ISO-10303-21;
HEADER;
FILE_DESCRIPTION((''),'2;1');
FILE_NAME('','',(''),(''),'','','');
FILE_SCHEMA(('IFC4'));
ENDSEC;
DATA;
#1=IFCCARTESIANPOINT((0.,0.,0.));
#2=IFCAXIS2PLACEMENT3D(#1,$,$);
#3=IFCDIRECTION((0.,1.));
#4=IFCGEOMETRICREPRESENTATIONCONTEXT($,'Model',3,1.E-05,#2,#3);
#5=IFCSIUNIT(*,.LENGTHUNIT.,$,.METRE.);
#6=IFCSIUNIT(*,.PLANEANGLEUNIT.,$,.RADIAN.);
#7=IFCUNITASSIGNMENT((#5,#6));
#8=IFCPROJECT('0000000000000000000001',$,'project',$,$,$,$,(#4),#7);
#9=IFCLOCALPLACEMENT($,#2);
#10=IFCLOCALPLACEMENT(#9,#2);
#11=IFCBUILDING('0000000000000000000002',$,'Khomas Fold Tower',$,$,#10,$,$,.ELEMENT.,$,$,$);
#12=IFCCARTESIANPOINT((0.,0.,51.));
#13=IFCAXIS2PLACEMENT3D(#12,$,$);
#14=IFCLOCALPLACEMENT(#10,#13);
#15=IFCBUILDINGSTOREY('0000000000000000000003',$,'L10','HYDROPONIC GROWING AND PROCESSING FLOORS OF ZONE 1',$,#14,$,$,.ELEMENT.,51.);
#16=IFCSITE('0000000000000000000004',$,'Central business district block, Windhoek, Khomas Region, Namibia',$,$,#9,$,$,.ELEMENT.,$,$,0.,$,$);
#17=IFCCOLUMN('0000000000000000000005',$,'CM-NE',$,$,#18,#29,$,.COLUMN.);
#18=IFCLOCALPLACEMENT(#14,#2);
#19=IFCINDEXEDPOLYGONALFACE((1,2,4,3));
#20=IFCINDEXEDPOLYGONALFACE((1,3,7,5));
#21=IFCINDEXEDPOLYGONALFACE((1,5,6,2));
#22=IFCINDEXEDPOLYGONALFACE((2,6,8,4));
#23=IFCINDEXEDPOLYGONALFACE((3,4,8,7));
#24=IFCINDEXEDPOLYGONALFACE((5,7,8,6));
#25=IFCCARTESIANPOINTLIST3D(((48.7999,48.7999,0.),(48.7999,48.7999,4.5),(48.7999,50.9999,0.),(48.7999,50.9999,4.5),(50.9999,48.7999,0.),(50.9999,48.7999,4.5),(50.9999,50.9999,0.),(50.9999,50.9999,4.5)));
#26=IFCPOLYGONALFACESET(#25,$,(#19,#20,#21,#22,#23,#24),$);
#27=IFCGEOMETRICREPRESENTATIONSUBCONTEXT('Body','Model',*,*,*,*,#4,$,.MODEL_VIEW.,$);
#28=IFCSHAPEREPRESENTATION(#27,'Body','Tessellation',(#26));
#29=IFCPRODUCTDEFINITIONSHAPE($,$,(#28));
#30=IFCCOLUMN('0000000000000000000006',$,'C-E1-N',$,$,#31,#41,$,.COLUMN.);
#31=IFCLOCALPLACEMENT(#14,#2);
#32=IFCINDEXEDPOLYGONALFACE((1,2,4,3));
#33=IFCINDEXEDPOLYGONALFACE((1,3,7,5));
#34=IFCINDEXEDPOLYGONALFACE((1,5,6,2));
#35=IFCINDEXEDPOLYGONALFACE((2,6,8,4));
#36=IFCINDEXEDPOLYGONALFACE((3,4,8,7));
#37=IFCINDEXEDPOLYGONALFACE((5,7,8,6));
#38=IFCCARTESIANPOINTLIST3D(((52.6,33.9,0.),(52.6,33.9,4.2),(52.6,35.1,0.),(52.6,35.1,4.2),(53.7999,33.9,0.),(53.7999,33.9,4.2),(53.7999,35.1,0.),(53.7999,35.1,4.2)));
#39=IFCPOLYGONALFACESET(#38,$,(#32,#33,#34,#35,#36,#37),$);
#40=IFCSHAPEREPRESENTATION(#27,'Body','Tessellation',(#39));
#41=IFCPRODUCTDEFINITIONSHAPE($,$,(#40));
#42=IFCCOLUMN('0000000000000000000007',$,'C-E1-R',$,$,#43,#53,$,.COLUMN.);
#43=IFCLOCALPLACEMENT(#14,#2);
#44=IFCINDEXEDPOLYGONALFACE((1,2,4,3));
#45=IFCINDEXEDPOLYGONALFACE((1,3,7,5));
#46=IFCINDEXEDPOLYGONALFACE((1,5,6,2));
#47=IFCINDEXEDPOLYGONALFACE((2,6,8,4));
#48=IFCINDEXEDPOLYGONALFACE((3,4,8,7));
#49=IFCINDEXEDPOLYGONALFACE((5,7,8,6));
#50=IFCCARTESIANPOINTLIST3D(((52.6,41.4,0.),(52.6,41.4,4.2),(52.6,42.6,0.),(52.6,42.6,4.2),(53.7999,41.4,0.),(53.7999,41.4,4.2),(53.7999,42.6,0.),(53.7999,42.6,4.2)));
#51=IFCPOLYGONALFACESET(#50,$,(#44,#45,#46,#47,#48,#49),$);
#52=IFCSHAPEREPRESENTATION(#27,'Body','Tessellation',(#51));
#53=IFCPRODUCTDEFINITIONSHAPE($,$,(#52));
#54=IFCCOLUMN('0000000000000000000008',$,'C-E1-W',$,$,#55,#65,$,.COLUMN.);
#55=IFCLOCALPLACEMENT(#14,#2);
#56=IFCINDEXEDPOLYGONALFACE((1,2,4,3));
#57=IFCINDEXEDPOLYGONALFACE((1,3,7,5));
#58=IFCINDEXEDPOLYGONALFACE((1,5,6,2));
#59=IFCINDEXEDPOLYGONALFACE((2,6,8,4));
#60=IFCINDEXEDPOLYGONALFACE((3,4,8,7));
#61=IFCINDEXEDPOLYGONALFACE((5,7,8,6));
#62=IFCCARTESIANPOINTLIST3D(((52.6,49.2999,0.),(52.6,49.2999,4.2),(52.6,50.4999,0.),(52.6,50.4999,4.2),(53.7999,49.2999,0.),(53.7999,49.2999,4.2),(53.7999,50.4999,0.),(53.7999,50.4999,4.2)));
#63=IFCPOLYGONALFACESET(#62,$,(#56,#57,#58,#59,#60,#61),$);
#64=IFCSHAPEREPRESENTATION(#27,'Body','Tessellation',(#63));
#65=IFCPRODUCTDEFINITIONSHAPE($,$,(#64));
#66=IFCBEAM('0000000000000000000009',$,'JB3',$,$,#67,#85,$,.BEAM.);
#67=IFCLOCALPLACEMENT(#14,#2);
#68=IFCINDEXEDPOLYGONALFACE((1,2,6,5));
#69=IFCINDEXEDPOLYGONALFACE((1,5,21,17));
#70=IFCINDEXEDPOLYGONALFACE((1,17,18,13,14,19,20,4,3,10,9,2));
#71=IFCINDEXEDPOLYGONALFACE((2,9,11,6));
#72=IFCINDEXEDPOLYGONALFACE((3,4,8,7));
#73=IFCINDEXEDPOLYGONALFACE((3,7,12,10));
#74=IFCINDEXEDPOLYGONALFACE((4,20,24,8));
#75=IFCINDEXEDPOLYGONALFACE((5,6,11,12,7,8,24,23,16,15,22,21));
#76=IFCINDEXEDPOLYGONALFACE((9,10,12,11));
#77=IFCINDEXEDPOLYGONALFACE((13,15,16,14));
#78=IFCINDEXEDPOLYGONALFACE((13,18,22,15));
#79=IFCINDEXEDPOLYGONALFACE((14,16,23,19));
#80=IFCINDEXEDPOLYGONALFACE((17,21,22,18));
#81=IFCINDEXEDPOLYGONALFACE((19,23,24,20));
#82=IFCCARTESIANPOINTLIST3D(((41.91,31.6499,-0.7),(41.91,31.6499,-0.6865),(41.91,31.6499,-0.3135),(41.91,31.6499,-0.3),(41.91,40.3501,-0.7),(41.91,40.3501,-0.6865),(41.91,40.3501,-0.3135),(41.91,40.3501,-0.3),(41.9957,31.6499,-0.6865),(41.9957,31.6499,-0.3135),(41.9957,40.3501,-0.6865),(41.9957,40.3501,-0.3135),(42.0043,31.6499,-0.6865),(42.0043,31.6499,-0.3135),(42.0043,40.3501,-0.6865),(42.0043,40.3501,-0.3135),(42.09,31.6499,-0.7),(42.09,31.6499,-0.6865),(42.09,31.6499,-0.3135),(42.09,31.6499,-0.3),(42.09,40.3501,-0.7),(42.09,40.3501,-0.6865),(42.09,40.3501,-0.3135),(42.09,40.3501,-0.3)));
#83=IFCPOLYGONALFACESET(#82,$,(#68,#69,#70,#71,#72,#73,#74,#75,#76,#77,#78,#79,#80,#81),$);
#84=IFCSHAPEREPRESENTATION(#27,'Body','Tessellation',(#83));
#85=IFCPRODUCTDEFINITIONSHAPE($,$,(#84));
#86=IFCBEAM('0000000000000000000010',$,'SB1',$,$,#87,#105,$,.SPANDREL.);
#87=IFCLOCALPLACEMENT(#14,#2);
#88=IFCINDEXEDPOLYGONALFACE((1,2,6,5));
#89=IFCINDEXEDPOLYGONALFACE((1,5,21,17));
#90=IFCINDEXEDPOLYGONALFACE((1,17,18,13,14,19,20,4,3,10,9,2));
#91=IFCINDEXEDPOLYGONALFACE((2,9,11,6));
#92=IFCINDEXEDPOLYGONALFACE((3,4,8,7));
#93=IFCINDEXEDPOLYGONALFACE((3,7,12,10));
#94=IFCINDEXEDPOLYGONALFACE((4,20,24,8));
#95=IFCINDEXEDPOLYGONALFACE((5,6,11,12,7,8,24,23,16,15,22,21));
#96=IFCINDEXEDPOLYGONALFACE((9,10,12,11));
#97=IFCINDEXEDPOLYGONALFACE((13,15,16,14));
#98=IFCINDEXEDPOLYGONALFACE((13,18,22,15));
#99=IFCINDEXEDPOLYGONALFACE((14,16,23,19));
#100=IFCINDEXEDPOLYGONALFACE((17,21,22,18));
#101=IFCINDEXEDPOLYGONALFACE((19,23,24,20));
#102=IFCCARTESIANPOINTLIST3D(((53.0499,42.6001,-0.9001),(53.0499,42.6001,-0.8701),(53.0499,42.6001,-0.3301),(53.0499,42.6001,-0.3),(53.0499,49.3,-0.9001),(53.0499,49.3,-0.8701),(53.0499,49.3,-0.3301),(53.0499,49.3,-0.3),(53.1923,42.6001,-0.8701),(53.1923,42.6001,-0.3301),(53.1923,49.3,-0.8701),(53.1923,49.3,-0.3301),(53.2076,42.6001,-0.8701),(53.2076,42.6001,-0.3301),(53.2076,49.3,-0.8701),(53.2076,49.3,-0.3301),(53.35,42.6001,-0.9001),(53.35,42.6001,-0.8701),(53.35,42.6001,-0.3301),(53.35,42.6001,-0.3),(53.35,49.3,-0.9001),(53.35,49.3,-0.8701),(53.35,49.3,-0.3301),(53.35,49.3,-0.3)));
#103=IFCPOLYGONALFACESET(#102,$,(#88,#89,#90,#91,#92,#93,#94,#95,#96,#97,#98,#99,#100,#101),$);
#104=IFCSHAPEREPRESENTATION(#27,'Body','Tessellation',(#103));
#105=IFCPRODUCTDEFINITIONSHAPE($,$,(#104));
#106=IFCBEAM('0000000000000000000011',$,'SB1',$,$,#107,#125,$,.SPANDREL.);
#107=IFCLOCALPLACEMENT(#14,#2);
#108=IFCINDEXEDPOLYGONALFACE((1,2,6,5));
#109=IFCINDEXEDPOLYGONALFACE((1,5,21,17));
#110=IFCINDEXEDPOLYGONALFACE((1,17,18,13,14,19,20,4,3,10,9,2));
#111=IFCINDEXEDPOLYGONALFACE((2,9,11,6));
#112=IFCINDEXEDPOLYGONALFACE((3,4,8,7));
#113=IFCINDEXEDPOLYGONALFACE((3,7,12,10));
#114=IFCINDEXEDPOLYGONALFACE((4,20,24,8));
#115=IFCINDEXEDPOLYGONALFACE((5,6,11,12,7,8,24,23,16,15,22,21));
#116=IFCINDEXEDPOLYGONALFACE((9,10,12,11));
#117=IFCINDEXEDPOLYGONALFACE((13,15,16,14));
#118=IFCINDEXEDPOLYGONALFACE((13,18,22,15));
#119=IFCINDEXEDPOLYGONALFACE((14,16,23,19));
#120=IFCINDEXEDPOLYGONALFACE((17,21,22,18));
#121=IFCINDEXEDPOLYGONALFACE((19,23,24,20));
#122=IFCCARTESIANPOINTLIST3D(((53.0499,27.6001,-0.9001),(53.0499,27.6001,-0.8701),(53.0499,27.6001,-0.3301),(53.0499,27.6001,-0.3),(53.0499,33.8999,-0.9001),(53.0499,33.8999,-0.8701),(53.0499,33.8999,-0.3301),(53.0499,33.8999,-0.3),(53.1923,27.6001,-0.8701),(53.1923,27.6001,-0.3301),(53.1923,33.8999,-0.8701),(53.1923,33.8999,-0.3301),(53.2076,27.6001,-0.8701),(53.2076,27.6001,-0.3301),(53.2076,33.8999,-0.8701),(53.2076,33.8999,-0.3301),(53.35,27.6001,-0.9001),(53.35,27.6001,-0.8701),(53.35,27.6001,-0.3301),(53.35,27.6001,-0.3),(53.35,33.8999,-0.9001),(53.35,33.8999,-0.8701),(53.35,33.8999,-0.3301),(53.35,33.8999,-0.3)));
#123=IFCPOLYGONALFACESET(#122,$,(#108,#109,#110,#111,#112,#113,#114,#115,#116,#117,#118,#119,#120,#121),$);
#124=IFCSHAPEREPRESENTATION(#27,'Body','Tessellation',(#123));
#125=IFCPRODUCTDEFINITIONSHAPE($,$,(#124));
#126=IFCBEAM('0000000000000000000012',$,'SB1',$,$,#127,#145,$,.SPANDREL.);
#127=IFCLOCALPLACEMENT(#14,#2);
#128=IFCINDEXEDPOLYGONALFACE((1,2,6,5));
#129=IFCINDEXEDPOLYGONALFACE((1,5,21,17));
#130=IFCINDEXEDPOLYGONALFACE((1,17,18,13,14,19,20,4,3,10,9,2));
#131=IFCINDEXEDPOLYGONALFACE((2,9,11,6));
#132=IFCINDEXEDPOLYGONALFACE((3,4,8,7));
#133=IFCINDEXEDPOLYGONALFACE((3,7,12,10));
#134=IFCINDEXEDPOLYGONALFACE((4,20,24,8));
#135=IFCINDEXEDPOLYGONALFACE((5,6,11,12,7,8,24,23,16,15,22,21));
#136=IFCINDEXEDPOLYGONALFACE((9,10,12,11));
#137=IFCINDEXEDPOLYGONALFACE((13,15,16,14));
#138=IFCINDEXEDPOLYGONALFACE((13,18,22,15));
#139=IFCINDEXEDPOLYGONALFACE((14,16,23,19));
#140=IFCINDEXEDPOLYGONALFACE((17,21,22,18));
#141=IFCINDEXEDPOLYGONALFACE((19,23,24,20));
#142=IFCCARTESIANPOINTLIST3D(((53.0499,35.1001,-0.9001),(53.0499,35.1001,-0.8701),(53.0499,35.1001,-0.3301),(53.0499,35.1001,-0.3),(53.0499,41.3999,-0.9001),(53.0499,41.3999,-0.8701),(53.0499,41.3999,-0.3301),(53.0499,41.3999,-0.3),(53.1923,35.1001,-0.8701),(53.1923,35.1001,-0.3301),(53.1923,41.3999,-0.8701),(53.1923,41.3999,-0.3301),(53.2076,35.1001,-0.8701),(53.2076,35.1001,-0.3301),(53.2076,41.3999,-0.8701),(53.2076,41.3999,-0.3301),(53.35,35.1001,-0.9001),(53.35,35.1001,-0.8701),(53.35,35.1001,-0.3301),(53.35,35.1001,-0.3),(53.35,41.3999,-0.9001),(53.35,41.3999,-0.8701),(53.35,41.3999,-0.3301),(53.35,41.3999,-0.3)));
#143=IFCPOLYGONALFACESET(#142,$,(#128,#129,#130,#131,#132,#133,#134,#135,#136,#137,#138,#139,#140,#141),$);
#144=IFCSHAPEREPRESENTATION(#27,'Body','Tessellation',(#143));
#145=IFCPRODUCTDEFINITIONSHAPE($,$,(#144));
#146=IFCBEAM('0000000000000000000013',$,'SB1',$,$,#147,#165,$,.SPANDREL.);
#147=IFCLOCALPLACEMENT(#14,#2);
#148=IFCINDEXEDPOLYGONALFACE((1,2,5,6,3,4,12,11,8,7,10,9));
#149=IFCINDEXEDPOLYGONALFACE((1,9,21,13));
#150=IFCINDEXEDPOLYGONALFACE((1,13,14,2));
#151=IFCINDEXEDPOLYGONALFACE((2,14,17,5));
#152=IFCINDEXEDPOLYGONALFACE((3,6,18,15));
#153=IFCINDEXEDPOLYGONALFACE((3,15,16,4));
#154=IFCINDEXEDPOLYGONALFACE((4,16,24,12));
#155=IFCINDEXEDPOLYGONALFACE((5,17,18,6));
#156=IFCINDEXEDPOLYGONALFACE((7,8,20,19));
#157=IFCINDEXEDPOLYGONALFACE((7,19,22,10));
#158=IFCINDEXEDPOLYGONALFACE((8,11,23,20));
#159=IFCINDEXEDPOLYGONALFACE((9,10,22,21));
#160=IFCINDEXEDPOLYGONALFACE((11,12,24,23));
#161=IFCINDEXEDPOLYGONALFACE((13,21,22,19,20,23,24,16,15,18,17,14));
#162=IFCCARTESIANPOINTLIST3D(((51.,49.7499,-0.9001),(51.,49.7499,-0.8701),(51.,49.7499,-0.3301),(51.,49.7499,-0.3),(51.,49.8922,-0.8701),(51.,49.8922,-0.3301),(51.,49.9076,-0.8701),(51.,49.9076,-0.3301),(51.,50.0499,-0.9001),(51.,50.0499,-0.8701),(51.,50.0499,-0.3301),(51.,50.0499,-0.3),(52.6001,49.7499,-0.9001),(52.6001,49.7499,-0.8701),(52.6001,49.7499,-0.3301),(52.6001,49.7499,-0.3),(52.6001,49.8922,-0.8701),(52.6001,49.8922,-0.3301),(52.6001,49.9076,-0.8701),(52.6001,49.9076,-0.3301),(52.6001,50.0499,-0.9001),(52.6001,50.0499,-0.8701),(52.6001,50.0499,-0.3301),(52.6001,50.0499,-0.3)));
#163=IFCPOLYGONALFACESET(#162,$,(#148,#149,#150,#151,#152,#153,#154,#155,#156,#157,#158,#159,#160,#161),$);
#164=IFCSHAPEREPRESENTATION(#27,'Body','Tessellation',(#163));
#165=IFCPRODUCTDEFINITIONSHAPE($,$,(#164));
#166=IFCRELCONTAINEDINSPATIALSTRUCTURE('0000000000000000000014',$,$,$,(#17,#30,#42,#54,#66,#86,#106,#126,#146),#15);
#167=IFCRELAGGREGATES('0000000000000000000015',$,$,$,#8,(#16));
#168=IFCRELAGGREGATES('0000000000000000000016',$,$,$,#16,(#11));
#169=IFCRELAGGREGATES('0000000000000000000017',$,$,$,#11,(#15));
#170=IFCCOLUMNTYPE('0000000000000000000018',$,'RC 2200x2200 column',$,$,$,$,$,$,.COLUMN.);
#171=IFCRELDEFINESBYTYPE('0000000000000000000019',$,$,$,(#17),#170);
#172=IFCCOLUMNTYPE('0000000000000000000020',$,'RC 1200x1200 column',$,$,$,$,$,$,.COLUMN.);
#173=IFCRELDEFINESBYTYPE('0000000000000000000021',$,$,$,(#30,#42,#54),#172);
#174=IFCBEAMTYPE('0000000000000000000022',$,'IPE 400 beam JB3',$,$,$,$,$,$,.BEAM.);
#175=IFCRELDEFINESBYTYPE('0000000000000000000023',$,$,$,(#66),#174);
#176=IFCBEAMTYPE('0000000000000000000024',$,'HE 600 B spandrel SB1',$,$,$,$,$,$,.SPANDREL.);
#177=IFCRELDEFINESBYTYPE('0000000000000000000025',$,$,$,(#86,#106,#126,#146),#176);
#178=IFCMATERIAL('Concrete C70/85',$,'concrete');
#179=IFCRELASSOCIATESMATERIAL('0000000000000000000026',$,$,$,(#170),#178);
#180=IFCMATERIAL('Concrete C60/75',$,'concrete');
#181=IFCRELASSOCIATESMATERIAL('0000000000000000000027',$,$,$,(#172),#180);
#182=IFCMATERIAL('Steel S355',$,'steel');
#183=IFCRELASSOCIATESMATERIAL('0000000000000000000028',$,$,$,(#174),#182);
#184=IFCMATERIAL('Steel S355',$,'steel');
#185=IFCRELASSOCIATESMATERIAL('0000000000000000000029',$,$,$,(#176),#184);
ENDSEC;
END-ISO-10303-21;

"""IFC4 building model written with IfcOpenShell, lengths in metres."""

from ifc_helpers import new_model, si_unit, direction, frame, origin, origin_2d, place, context, subcontext, project, spatial, rectangle, i_section, extrude, source, transform, mapped, material, material_profile, profile_set, type_object, element, save


model = new_model("IFC4")

# Units and contexts
model_context = context("Model", 3, precision=1e-05, world=origin(), true_north=direction((0.0, 1.0)))
body_context = subcontext(model_context, "Body", "Model", "MODEL_VIEW")
ifc_project = project(units=[si_unit("LENGTHUNIT", "METRE"), si_unit("PLANEANGLEUNIT", "RADIAN")], contexts=[model_context])

# Site, building, storey
site_placement = place(None, origin())
site = spatial("IfcSite", under=ifc_project, at=site_placement, Name="Central business district block, Windhoek, Khomas Region, Namibia", CompositionType="ELEMENT", RefElevation=0.0)
building_placement = place(site_placement, origin())
building = spatial("IfcBuilding", under=site, at=building_placement, Name="Khomas Fold Tower", CompositionType="ELEMENT")
storey_placement = place(building_placement, frame((0.0, 0.0, 51.0)))
storey = spatial("IfcBuildingStorey", under=building, at=storey_placement, Name="L10", Description="HYDROPONIC GROWING AND PROCESSING FLOORS OF ZONE 1", CompositionType="ELEMENT", Elevation=51.0)

# Columns
ifc_material_1 = material(Name="Concrete C70/85", Category="concrete")
ifc_material_profile_1 = material_profile(ifc_material_1, rectangle(XDim=2.2, YDim=2.2, at=origin_2d()), Name="RC 2200x2200")
ifc_profile_set_1 = profile_set([ifc_material_profile_1], Name="Concrete C70/85")
column_type_1 = type_object("IfcColumnType", Name="RC 2200x2200 column", PredefinedType="COLUMN", material=ifc_profile_set_1)
shared_shape_1 = source(origin(), body_context, "Body", "SweptSolid", [
    extrude(rectangle(XDim=2.2, YDim=2.2, at=origin_2d()), origin(), (0.0, 0.0, 1.0), 4.5),
])
column_placement = place(storey_placement, frame((49.8999, 49.8999, 0.0), z_axis=(0.0, 0.0, 1.0), x_axis=(1.0, 0.0, 0.0)))
element("IfcColumn", 1, at=column_placement, inside=storey, type_object=column_type_1, Name="CM-NE", PredefinedType="COLUMN", context=body_context, shape_type="MappedRepresentation", body=[
    mapped(shared_shape_1, transform((0.0, 0.0, 0.0))),
])
ifc_material_2 = material(Name="Concrete C60/75", Category="concrete")
ifc_material_profile_2 = material_profile(ifc_material_2, rectangle(XDim=1.2, YDim=1.2, at=origin_2d()), Name="RC 1200x1200")
ifc_profile_set_2 = profile_set([ifc_material_profile_2], Name="Concrete C60/75")
column_type_2 = type_object("IfcColumnType", Name="RC 1200x1200 column", PredefinedType="COLUMN", material=ifc_profile_set_2)
shared_shape_2 = source(origin(), body_context, "Body", "SweptSolid", [
    extrude(rectangle(XDim=1.2, YDim=1.2, at=origin_2d()), origin(), (0.0, 0.0, 1.0), 4.2),
])
for number, where, z_axis, x_axis, name in (
    (2, (53.2, 34.5, 0.0), (0.0, 0.0, 1.0), (1.0, 0.0, 0.0), "C-E1-N"),
    (3, (53.2, 42.0, 0.0), (0.0, 0.0, 1.0), (1.0, 0.0, 0.0), "C-E1-R"),
    (4, (53.2, 49.8999, 0.0), (0.0, 0.0, 1.0), (1.0, 0.0, 0.0), "C-E1-W"),
):
    element("IfcColumn", number, at=place(storey_placement, frame(where, z_axis=z_axis, x_axis=x_axis)), inside=storey, type_object=column_type_2, Name=name, PredefinedType="COLUMN", context=body_context, shape_type="MappedRepresentation", body=[
        mapped(shared_shape_2, transform((0.0, 0.0, 0.0))),
    ])

# Beams
ifc_material_3 = material(Name="Steel S355", Category="steel")
ifc_material_profile_3 = material_profile(ifc_material_3, i_section(OverallWidth=0.1799, OverallDepth=0.3999, WebThickness=0.0085, FlangeThickness=0.0134, at=origin_2d()), Name="IPE 400")
ifc_profile_set_3 = profile_set([ifc_material_profile_3], Name="Steel S355")
beam_type_1 = type_object("IfcBeamType", Name="IPE 400 beam JB3", PredefinedType="BEAM", material=ifc_profile_set_3)
shared_shape_3 = source(origin(), body_context, "Body", "SweptSolid", [
    extrude(i_section(OverallWidth=0.1799, OverallDepth=0.3999, WebThickness=0.0085, FlangeThickness=0.0134, at=origin_2d()), origin(), (0.0, 0.0, 1.0), 8.7002),
])
beam_1_placement = place(storey_placement, frame((42.0, 31.6499, -0.5), z_axis=(0.0, 1.0, 0.0), x_axis=(-1.0, 0.0, 0.0)))
element("IfcBeam", 5, at=beam_1_placement, inside=storey, type_object=beam_type_1, Name="JB3", PredefinedType="BEAM", context=body_context, shape_type="MappedRepresentation", body=[
    mapped(shared_shape_3, transform((0.0, 0.0, 0.0))),
])
ifc_material_4 = material(Name="Steel S355", Category="steel")
ifc_material_profile_4 = material_profile(ifc_material_4, i_section(OverallWidth=0.3, OverallDepth=0.6001, WebThickness=0.0154, FlangeThickness=0.03, at=origin_2d()), Name="HE 600 B")
ifc_profile_set_4 = profile_set([ifc_material_profile_4], Name="Steel S355")
beam_type_2 = type_object("IfcBeamType", Name="HE 600 B spandrel SB1", PredefinedType="SPANDREL", material=ifc_profile_set_4)
shared_shape_4 = source(origin(), body_context, "Body", "SweptSolid", [
    extrude(i_section(OverallWidth=0.3, OverallDepth=0.6001, WebThickness=0.0154, FlangeThickness=0.03, at=origin_2d()), origin(), (0.0, 0.0, 1.0), 6.7),
])
beam_2_placement = place(storey_placement, frame((53.2, 42.6001, -0.6001), z_axis=(0.0, 1.0, 0.0), x_axis=(-1.0, 0.0, 0.0)))
element("IfcBeam", 6, at=beam_2_placement, inside=storey, type_object=beam_type_2, Name="SB1", PredefinedType="SPANDREL", context=body_context, shape_type="MappedRepresentation", body=[
    mapped(shared_shape_4, transform((0.0, 0.0, 0.0))),
])
shared_shape_5 = source(origin(), body_context, "Body", "SweptSolid", [
    extrude(i_section(OverallWidth=0.3, OverallDepth=0.6001, WebThickness=0.0154, FlangeThickness=0.03, at=origin_2d()), origin(), (0.0, 0.0, 1.0), 6.2998),
])
for number, where, z_axis, x_axis, name in (
    (7, (53.2, 27.6001, -0.6001), (0.0, 1.0, 0.0), (-1.0, 0.0, 0.0), "SB1"),
    (8, (53.2, 35.1001, -0.6001), (0.0, 1.0, 0.0), (-1.0, 0.0, 0.0), "SB1"),
):
    element("IfcBeam", number, at=place(storey_placement, frame(where, z_axis=z_axis, x_axis=x_axis)), inside=storey, type_object=beam_type_2, Name=name, PredefinedType="SPANDREL", context=body_context, shape_type="MappedRepresentation", body=[
        mapped(shared_shape_5, transform((0.0, 0.0, 0.0))),
    ])
shared_shape_6 = source(origin(), body_context, "Body", "SweptSolid", [
    extrude(i_section(OverallWidth=0.3, OverallDepth=0.6001, WebThickness=0.0154, FlangeThickness=0.03, at=origin_2d()), origin(), (0.0, 0.0, 1.0), 1.6001),
])
beam_3_placement = place(storey_placement, frame((51.0, 49.8999, -0.6001), z_axis=(1.0, 0.0, 0.0), x_axis=(0.0, 1.0, 0.0)))
element("IfcBeam", 9, at=beam_3_placement, inside=storey, type_object=beam_type_2, Name="SB1", PredefinedType="SPANDREL", context=body_context, shape_type="MappedRepresentation", body=[
    mapped(shared_shape_6, transform((0.0, 0.0, 0.0))),
])

save(model, "model.ifc")
